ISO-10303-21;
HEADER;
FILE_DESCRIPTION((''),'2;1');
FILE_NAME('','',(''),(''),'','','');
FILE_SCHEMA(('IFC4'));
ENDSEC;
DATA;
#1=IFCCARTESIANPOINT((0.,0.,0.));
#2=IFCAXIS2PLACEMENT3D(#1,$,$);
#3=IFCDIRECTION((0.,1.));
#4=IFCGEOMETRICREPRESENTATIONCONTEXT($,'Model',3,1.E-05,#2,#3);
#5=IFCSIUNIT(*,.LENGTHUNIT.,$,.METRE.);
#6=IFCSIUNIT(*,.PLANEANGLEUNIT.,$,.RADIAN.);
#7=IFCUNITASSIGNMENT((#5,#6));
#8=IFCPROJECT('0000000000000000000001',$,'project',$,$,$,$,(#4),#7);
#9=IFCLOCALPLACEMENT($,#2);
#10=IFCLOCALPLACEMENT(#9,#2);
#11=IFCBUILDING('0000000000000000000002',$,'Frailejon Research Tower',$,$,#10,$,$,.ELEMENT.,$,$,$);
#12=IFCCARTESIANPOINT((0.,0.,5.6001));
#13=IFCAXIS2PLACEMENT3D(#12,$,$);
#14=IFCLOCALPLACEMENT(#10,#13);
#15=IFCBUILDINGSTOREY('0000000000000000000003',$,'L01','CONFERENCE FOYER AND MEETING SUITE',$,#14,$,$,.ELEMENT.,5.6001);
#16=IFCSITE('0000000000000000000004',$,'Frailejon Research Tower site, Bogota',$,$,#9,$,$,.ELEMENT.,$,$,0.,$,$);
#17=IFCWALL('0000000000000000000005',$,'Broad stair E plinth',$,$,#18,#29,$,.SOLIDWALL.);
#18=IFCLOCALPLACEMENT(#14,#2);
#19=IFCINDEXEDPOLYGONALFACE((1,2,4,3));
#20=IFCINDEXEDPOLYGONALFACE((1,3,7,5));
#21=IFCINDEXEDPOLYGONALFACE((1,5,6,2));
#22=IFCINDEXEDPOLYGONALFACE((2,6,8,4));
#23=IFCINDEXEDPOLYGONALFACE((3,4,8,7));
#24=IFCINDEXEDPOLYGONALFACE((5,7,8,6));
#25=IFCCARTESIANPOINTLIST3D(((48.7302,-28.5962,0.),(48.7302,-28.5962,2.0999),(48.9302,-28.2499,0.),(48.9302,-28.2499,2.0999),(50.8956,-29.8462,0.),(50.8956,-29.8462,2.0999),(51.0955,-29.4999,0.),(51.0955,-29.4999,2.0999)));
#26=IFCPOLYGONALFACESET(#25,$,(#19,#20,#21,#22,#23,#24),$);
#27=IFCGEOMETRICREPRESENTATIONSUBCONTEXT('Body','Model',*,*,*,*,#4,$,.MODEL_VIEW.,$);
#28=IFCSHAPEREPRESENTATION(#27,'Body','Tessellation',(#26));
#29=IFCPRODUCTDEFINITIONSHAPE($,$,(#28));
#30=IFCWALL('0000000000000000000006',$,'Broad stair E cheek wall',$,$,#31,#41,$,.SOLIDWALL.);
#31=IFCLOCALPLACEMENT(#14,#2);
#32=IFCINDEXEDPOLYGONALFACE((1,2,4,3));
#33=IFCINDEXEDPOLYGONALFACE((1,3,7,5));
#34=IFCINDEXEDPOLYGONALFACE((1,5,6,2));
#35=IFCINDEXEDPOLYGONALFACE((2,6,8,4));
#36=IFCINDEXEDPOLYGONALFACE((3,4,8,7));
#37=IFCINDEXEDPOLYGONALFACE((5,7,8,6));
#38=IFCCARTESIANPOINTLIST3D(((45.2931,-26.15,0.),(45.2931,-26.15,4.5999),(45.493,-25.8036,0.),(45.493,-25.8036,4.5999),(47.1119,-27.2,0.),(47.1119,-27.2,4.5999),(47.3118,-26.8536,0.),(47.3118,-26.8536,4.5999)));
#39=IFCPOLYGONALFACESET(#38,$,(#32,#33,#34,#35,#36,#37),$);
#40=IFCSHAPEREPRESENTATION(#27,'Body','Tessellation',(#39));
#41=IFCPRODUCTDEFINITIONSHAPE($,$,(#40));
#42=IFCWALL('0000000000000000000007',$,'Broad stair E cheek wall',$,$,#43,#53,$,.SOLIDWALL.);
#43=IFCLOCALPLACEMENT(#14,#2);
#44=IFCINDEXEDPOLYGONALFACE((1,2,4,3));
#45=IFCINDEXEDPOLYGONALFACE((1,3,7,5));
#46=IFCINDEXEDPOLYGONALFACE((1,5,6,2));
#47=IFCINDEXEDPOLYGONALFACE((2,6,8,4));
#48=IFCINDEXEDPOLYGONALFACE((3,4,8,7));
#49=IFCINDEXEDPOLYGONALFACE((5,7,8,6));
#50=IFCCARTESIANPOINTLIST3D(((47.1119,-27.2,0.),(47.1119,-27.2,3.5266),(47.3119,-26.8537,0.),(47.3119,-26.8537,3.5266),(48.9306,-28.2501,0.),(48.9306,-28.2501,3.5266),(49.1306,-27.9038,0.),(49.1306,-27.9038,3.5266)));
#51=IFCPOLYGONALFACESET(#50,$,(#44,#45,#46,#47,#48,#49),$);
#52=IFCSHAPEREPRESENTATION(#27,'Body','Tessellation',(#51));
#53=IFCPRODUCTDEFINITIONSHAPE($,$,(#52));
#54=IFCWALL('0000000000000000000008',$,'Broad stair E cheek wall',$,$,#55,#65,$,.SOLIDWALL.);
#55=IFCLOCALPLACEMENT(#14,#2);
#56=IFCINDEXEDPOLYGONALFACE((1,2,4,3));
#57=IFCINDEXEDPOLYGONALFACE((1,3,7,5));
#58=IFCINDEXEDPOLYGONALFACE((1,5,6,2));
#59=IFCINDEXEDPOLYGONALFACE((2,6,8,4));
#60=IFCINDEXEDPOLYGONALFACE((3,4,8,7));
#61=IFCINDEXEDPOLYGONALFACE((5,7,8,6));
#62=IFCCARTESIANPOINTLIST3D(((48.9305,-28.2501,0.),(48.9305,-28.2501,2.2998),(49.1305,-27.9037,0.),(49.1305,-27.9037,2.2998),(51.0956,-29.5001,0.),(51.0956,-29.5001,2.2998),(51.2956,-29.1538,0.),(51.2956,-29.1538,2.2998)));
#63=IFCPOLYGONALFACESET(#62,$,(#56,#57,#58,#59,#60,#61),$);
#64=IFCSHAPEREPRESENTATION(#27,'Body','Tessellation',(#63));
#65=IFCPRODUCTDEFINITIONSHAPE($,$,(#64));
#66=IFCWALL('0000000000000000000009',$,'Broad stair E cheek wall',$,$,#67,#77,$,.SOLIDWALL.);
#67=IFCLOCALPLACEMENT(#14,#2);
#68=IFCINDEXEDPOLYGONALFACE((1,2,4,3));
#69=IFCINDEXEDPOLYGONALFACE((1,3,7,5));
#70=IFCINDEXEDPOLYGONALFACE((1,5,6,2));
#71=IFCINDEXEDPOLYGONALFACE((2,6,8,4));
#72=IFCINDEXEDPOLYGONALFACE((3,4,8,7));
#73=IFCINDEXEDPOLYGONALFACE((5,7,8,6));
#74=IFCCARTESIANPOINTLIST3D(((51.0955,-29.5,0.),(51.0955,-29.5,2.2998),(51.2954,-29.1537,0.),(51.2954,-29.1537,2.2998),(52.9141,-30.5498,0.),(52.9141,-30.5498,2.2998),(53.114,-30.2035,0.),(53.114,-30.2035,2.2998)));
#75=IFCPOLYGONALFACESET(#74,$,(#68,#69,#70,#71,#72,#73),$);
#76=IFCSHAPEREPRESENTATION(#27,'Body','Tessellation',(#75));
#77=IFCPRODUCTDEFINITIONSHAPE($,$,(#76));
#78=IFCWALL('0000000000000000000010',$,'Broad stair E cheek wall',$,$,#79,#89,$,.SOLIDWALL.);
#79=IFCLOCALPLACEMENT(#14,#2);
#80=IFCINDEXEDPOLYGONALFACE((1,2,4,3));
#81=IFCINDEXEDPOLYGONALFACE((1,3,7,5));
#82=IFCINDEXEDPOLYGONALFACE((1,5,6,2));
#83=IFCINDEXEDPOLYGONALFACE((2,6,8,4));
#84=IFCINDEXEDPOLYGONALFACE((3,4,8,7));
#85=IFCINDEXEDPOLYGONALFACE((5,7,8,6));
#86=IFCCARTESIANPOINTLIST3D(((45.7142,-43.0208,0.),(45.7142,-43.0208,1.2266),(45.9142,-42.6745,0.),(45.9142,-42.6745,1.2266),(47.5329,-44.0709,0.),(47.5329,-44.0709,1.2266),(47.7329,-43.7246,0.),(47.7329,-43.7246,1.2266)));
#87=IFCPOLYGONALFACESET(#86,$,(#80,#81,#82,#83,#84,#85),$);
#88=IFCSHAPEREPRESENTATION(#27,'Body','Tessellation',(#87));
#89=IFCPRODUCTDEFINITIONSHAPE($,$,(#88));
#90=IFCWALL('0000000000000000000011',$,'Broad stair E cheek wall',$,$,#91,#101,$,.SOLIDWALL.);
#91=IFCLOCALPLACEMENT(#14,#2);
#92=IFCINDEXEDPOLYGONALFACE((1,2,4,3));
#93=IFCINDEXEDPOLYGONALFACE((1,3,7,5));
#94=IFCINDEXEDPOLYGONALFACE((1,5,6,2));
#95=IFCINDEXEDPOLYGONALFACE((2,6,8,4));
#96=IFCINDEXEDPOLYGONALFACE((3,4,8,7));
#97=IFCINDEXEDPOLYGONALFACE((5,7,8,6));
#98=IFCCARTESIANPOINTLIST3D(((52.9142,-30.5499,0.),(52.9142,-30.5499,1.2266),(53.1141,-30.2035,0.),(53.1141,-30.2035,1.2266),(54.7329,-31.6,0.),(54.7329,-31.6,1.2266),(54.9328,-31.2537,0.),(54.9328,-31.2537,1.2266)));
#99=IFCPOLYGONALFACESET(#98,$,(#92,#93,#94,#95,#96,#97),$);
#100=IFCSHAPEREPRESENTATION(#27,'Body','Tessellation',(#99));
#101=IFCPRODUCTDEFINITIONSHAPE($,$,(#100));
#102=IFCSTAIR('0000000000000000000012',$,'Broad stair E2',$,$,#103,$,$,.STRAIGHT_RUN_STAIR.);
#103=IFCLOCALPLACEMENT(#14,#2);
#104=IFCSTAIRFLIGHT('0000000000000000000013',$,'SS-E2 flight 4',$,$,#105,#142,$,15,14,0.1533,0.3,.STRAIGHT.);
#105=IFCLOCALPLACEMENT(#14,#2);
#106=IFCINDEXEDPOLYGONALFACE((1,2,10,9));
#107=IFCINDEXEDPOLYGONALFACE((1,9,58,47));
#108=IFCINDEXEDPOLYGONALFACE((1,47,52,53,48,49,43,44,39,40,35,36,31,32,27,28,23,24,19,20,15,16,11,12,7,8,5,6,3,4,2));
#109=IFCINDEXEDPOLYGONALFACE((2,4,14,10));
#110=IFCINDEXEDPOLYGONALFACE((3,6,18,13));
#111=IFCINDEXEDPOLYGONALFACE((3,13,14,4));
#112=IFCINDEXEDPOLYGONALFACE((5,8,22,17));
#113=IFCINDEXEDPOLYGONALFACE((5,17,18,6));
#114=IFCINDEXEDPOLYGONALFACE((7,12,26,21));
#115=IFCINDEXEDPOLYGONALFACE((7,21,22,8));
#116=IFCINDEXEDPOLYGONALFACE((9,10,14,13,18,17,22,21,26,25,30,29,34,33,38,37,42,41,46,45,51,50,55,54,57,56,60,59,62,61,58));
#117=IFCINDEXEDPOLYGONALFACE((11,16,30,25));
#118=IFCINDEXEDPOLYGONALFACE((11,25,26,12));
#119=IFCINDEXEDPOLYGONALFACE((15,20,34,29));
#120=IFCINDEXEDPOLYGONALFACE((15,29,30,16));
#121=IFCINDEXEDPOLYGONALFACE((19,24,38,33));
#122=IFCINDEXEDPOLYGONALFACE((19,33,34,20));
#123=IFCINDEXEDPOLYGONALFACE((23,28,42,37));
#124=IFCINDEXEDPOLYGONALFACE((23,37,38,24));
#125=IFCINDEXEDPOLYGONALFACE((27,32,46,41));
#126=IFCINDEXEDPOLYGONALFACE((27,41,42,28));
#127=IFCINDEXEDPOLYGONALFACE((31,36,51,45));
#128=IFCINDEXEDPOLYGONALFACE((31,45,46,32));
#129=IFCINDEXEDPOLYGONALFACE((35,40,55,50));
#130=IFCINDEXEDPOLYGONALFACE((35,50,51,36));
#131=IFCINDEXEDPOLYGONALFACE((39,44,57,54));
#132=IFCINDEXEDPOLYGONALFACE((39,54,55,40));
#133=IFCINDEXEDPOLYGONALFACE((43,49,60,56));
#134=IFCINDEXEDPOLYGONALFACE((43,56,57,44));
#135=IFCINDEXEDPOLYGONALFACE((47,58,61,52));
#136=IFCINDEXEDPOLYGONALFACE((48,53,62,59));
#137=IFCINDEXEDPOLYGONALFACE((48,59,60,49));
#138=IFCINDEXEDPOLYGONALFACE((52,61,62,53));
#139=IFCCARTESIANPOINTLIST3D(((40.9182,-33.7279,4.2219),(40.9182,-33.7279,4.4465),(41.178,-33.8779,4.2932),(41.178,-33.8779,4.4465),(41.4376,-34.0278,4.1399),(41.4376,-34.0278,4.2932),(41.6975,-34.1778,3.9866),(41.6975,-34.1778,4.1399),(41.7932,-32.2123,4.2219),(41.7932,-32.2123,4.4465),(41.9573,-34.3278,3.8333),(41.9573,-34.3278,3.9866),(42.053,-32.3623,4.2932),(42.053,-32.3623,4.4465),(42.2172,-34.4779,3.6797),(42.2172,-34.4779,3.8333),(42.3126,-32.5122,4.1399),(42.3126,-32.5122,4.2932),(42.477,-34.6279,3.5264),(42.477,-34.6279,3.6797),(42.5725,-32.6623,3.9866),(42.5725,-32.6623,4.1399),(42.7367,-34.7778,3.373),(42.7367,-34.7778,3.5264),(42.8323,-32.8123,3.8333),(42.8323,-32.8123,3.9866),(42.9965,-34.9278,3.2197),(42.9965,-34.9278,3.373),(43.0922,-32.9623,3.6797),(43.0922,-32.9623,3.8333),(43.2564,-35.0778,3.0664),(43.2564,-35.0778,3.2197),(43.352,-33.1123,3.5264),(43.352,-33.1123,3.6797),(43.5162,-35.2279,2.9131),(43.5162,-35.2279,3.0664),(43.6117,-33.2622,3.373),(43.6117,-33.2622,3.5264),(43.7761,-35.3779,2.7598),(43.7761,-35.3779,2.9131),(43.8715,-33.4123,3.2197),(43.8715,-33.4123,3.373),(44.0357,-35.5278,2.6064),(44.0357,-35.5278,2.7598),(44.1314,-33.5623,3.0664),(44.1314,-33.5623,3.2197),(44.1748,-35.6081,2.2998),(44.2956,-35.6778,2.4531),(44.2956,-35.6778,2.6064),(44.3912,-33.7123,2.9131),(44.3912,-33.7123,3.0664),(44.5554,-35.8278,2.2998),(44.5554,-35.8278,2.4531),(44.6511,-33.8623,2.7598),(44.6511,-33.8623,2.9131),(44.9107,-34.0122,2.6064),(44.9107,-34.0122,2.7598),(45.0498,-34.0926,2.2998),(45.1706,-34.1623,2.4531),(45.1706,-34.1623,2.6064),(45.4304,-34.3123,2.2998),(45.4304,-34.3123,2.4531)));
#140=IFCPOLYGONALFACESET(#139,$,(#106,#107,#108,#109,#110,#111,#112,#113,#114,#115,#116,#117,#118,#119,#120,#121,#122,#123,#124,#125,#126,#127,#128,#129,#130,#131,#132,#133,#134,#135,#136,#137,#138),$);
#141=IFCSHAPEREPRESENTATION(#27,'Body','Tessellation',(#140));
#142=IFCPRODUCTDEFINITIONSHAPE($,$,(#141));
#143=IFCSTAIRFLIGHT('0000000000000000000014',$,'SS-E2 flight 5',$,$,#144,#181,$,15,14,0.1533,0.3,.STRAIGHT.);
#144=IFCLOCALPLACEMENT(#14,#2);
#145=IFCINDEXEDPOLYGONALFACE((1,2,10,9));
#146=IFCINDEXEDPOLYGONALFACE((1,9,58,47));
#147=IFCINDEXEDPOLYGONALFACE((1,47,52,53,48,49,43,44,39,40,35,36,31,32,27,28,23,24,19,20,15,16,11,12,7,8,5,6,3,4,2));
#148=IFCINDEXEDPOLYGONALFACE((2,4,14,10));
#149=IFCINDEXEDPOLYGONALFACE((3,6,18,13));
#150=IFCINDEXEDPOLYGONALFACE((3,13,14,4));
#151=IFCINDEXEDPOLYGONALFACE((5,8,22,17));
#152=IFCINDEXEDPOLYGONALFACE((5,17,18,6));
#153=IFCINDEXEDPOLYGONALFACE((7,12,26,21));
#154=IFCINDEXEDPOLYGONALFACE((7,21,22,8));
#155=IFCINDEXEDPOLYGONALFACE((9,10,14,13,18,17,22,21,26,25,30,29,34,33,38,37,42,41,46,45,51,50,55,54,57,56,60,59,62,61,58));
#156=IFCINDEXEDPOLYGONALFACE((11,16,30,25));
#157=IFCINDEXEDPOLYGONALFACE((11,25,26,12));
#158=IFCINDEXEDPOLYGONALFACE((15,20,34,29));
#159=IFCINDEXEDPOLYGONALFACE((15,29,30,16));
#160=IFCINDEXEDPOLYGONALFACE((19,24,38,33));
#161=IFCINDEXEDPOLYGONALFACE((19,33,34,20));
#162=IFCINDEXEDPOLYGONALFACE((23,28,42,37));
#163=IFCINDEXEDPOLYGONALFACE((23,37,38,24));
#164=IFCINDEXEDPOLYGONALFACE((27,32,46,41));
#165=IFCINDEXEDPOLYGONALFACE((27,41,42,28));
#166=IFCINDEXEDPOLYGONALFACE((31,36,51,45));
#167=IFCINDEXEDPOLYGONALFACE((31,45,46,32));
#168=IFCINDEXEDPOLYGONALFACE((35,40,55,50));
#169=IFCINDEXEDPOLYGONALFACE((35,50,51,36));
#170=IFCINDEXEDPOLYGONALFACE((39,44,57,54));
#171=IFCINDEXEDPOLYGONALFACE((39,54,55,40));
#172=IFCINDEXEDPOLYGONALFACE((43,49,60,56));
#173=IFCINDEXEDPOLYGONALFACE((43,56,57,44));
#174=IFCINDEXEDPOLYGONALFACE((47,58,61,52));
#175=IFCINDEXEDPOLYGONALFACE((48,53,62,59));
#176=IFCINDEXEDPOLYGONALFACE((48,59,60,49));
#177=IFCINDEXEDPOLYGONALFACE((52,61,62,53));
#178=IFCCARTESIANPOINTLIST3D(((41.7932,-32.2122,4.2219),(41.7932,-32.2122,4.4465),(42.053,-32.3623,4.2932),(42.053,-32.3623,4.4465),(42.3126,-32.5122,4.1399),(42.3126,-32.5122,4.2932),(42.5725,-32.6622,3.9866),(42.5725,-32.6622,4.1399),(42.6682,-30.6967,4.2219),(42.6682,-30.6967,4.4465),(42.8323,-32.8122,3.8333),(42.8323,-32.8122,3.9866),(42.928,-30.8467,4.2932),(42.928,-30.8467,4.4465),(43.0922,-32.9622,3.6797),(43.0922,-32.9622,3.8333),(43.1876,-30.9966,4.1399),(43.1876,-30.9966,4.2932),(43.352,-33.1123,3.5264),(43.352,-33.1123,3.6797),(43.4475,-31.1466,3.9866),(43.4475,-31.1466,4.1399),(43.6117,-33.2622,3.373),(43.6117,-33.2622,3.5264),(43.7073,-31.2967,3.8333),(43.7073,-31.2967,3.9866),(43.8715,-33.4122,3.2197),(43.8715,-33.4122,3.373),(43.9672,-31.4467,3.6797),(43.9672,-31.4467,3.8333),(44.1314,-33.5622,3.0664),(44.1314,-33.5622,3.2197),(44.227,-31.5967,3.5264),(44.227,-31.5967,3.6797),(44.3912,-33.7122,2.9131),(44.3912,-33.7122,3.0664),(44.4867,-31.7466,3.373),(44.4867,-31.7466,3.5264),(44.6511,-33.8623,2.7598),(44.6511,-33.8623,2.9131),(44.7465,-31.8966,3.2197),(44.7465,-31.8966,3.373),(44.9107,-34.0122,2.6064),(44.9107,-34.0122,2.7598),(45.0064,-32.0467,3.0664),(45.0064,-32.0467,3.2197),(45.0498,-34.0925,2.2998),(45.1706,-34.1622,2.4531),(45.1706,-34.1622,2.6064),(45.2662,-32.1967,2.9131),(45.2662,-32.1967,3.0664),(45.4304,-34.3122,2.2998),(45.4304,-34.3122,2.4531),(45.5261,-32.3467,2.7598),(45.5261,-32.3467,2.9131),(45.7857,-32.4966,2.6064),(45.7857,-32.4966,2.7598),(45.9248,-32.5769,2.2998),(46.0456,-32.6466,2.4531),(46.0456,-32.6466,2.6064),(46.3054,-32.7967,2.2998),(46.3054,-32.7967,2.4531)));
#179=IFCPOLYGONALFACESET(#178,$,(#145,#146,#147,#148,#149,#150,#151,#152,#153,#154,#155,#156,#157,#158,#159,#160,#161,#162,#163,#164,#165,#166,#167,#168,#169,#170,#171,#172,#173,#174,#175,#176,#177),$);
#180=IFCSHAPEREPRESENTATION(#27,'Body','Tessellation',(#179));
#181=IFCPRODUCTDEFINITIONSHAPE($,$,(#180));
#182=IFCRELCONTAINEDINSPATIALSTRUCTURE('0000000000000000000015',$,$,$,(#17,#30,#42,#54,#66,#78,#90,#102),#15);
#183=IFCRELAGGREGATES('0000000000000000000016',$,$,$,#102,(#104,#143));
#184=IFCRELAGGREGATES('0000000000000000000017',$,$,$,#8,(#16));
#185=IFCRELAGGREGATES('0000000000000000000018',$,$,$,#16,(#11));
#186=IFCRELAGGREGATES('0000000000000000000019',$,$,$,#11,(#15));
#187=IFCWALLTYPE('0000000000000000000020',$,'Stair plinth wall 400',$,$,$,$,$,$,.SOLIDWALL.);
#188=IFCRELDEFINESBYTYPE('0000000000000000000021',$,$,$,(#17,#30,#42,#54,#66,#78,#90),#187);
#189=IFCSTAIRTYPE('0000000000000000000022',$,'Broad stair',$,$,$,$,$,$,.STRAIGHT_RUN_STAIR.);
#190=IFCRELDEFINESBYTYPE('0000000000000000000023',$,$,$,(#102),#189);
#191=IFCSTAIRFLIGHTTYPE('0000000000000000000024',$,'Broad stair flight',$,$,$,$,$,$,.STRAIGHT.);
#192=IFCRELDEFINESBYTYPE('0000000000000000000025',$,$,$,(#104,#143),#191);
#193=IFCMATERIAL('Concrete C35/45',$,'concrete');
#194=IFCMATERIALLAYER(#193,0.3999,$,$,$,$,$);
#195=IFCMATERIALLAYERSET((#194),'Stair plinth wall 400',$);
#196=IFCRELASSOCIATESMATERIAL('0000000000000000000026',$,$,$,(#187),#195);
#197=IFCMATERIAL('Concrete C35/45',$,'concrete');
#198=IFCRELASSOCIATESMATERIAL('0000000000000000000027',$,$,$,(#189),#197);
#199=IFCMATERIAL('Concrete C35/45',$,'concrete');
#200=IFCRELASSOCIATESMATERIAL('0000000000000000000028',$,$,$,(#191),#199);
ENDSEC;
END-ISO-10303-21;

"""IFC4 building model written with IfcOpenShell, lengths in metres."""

from ifc_helpers import new_model, si_unit, direction, frame, frame_2d, origin, place, context, subcontext, project, spatial, polyline, rectangle, outline, extrude, material, layer, layer_set, type_object, element, aggregate, save


model = new_model("IFC4")

# Units and contexts
model_context = context("Model", 3, precision=1e-05, world=origin(), true_north=direction((0.0, 1.0)))
body_context = subcontext(model_context, "Body", "Model", "MODEL_VIEW")
ifc_project = project(units=[si_unit("LENGTHUNIT", "METRE"), si_unit("PLANEANGLEUNIT", "RADIAN")], contexts=[model_context])

# Site, building, storey
site_placement = place(None, origin())
site = spatial("IfcSite", under=ifc_project, at=site_placement, Name="Frailejon Research Tower site, Bogota", CompositionType="ELEMENT", RefElevation=0.0)
building_placement = place(site_placement, origin())
building = spatial("IfcBuilding", under=site, at=building_placement, Name="Frailejon Research Tower", CompositionType="ELEMENT")
storey_placement = place(building_placement, frame((0.0, 0.0, 5.6001)))
storey = spatial("IfcBuildingStorey", under=building, at=storey_placement, Name="L01", Description="CONFERENCE FOYER AND MEETING SUITE", CompositionType="ELEMENT", Elevation=5.6001)

# Walls
ifc_material_1 = material(Name="Concrete C35/45", Category="concrete")
ifc_layer_1 = layer(ifc_material_1, 0.3999)
ifc_layer_set_1 = layer_set([ifc_layer_1], Name="Stair plinth wall 400")
wall_type = type_object("IfcWallType", Name="Stair plinth wall 400", PredefinedType="SOLIDWALL", material=ifc_layer_set_1)
wall_1_placement = place(storey_placement, frame((48.8303, -28.4231, 0.0), z_axis=(0.0, 0.0, 1.0), x_axis=(0.866047, -0.499962, 0.0)))
element("IfcWall", 1, at=wall_1_placement, inside=storey, type_object=wall_type, Name="Broad stair E plinth", PredefinedType="SOLIDWALL", context=body_context, shape_type="SweptSolid", body=[
    extrude(rectangle(XDim=2.5002, YDim=0.3999, at=frame_2d((1.25, 0.0))), origin(), (0.0, 0.0, 1.0), 2.0999),
])
wall_2_placement = place(storey_placement, frame((45.3931, -25.9768, 0.0), z_axis=(0.0, 0.0, 1.0), x_axis=(0.866038, -0.499977, 0.0)))
element("IfcWall", 2, at=wall_2_placement, inside=storey, type_object=wall_type, Name="Broad stair E cheek wall", PredefinedType="SOLIDWALL", context=body_context, shape_type="SweptSolid", body=[
    extrude(rectangle(XDim=2.1001, YDim=0.3999, at=frame_2d((1.05, 0.0))), origin(), (0.0, 0.0, 1.0), 4.5999),
])
wall_3_placement = place(storey_placement, frame((47.2119, -27.0269, 0.0), z_axis=(0.0, 0.0, 1.0), x_axis=(0.866009, -0.500028, 0.0)))
element("IfcWall", 3, at=wall_3_placement, inside=storey, type_object=wall_type, Name="Broad stair E cheek wall", PredefinedType="SOLIDWALL", context=body_context, shape_type="SweptSolid", body=[
    extrude(rectangle(XDim=2.1001, YDim=0.3999, at=frame_2d((1.05, 0.0))), origin(), (0.0, 0.0, 1.0), 3.5266),
])
wall_4_placement = place(storey_placement, frame((49.0305, -28.0769, 0.0), z_axis=(0.0, 0.0, 1.0), x_axis=(0.866023, -0.500004, 0.0)))
element("IfcWall", 4, at=wall_4_placement, inside=storey, type_object=wall_type, Name="Broad stair E cheek wall", PredefinedType="SOLIDWALL", context=body_context, shape_type="SweptSolid", body=[
    extrude(rectangle(XDim=2.5, YDim=0.3999, at=frame_2d((1.25, 0.0))), origin(), (0.0, 0.0, 1.0), 2.2998),
])
wall_5_placement = place(storey_placement, frame((51.1956, -29.3269, 0.0), z_axis=(0.0, 0.0, 1.0), x_axis=(0.86606, -0.499941, 0.0)))
element("IfcWall", 5, at=wall_5_placement, inside=storey, type_object=wall_type, Name="Broad stair E cheek wall", PredefinedType="SOLIDWALL", context=body_context, shape_type="SweptSolid", body=[
    extrude(rectangle(XDim=2.0999, YDim=0.3999, at=frame_2d((1.0498, 0.0))), origin(), (0.0, 0.0, 1.0), 2.2998),
])
for number, where, z_axis, x_axis, name in (
    (6, (45.8142, -42.8477, 0.0), (0.0, 0.0, 1.0), (0.866009, -0.500028, 0.0), "Broad stair E cheek wall"),
    (7, (53.0142, -30.3767, 0.0), (0.0, 0.0, 1.0), (0.866009, -0.500028, 0.0), "Broad stair E cheek wall"),
):
    element("IfcWall", number, at=place(storey_placement, frame(where, z_axis=z_axis, x_axis=x_axis)), inside=storey, type_object=wall_type, Name=name, PredefinedType="SOLIDWALL", context=body_context, shape_type="SweptSolid", body=[
        extrude(rectangle(XDim=2.1001, YDim=0.3999, at=frame_2d((1.05, 0.0))), origin(), (0.0, 0.0, 1.0), 1.2266),
    ])

# Stair, stair flights
ifc_material_2 = material(Name="Concrete C35/45", Category="concrete")
stair_type = type_object("IfcStairType", Name="Broad stair", PredefinedType="STRAIGHT_RUN_STAIR", material=ifc_material_2)
stair_placement = place(storey_placement, origin())
stair = element("IfcStair", 8, at=stair_placement, inside=storey, type_object=stair_type, Name="Broad stair E2", PredefinedType="STRAIGHT_RUN_STAIR")
ifc_material_3 = material(Name="Concrete C35/45", Category="concrete")
stair_flight_type = type_object("IfcStairFlightType", Name="Broad stair flight", PredefinedType="STRAIGHT", material=ifc_material_3)
stair_flight_1_placement = place(storey_placement, frame((44.9929, -35.0701, 2.2998), z_axis=(0.0, 0.0, 1.0), x_axis=(-0.866025, 0.5, 0.0)))
stair_flight_1 = element("IfcStairFlight", 9, at=stair_flight_1_placement, type_object=stair_flight_type, Name="SS-E2 flight 4", NumberOfRisers=15, NumberOfTreads=14, PredefinedType="STRAIGHT", RiserHeight=0.1533, TreadLength=0.3, context=body_context, shape_type="SweptSolid", body=[
    extrude(outline(polyline([(0.0, 0.0), (0.0, 0.1533), (0.3, 0.1533), (0.3, 0.3066), (0.6001, 0.3066), (0.6001, 0.46), (0.8999, 0.46), (0.8999, 0.6133), (1.2, 0.6133), (1.2, 0.7666), (1.5, 0.7666), (1.5, 0.9199), (1.8, 0.9199), (1.8, 1.0732), (2.1001, 1.0732), (2.1001, 1.2266), (2.3999, 1.2266), (2.3999, 1.3799), (2.7, 1.3799), (2.7, 1.5334), (3.0, 1.5334), (3.0, 1.6868), (3.3, 1.6868), (3.3, 1.8401), (3.6001, 1.8401), (3.6001, 1.9934), (3.8999, 1.9934), (3.8999, 2.1467), (4.2, 2.1467), (4.2, 2.3), (4.2, 1.9221), (0.4395, 0.0), (0.0, 0.0)])), frame((0.0, 0.875, 0.0), z_axis=(0.0, -1.0, 0.0), x_axis=(1.0, 0.0, 0.0)), (0.0, 0.0, 1.0), 1.75),
])
stair_flight_2_placement = place(storey_placement, frame((45.8679, -33.5544, 2.2998), z_axis=(0.0, 0.0, 1.0), x_axis=(-0.866025, 0.5, 0.0)))
stair_flight_2 = element("IfcStairFlight", 10, at=stair_flight_2_placement, type_object=stair_flight_type, Name="SS-E2 flight 5", NumberOfRisers=15, NumberOfTreads=14, PredefinedType="STRAIGHT", RiserHeight=0.1533, TreadLength=0.3, context=body_context, shape_type="SweptSolid", body=[
    extrude(outline(polyline([(0.0, 0.0), (0.0, 0.1533), (0.3, 0.1533), (0.3, 0.3066), (0.6001, 0.3066), (0.6001, 0.46), (0.8999, 0.46), (0.8999, 0.6133), (1.2, 0.6133), (1.2, 0.7666), (1.5, 0.7666), (1.5, 0.9199), (1.8, 0.9199), (1.8, 1.0732), (2.1001, 1.0732), (2.1001, 1.2266), (2.3999, 1.2266), (2.3999, 1.3799), (2.7, 1.3799), (2.7, 1.5334), (3.0, 1.5334), (3.0, 1.6868), (3.3, 1.6868), (3.3, 1.8401), (3.6001, 1.8401), (3.6001, 1.9934), (3.8999, 1.9934), (3.8999, 2.1467), (4.2, 2.1467), (4.2, 2.3), (4.2, 1.9221), (0.4395, 0.0), (0.0, 0.0)])), frame((0.0, 0.875, 0.0), z_axis=(0.0, -1.0, 0.0), x_axis=(1.0, 0.0, 0.0)), (0.0, 0.0, 1.0), 1.75),
])
aggregate(stair, [stair_flight_1, stair_flight_2])

save(model, "model.ifc")
